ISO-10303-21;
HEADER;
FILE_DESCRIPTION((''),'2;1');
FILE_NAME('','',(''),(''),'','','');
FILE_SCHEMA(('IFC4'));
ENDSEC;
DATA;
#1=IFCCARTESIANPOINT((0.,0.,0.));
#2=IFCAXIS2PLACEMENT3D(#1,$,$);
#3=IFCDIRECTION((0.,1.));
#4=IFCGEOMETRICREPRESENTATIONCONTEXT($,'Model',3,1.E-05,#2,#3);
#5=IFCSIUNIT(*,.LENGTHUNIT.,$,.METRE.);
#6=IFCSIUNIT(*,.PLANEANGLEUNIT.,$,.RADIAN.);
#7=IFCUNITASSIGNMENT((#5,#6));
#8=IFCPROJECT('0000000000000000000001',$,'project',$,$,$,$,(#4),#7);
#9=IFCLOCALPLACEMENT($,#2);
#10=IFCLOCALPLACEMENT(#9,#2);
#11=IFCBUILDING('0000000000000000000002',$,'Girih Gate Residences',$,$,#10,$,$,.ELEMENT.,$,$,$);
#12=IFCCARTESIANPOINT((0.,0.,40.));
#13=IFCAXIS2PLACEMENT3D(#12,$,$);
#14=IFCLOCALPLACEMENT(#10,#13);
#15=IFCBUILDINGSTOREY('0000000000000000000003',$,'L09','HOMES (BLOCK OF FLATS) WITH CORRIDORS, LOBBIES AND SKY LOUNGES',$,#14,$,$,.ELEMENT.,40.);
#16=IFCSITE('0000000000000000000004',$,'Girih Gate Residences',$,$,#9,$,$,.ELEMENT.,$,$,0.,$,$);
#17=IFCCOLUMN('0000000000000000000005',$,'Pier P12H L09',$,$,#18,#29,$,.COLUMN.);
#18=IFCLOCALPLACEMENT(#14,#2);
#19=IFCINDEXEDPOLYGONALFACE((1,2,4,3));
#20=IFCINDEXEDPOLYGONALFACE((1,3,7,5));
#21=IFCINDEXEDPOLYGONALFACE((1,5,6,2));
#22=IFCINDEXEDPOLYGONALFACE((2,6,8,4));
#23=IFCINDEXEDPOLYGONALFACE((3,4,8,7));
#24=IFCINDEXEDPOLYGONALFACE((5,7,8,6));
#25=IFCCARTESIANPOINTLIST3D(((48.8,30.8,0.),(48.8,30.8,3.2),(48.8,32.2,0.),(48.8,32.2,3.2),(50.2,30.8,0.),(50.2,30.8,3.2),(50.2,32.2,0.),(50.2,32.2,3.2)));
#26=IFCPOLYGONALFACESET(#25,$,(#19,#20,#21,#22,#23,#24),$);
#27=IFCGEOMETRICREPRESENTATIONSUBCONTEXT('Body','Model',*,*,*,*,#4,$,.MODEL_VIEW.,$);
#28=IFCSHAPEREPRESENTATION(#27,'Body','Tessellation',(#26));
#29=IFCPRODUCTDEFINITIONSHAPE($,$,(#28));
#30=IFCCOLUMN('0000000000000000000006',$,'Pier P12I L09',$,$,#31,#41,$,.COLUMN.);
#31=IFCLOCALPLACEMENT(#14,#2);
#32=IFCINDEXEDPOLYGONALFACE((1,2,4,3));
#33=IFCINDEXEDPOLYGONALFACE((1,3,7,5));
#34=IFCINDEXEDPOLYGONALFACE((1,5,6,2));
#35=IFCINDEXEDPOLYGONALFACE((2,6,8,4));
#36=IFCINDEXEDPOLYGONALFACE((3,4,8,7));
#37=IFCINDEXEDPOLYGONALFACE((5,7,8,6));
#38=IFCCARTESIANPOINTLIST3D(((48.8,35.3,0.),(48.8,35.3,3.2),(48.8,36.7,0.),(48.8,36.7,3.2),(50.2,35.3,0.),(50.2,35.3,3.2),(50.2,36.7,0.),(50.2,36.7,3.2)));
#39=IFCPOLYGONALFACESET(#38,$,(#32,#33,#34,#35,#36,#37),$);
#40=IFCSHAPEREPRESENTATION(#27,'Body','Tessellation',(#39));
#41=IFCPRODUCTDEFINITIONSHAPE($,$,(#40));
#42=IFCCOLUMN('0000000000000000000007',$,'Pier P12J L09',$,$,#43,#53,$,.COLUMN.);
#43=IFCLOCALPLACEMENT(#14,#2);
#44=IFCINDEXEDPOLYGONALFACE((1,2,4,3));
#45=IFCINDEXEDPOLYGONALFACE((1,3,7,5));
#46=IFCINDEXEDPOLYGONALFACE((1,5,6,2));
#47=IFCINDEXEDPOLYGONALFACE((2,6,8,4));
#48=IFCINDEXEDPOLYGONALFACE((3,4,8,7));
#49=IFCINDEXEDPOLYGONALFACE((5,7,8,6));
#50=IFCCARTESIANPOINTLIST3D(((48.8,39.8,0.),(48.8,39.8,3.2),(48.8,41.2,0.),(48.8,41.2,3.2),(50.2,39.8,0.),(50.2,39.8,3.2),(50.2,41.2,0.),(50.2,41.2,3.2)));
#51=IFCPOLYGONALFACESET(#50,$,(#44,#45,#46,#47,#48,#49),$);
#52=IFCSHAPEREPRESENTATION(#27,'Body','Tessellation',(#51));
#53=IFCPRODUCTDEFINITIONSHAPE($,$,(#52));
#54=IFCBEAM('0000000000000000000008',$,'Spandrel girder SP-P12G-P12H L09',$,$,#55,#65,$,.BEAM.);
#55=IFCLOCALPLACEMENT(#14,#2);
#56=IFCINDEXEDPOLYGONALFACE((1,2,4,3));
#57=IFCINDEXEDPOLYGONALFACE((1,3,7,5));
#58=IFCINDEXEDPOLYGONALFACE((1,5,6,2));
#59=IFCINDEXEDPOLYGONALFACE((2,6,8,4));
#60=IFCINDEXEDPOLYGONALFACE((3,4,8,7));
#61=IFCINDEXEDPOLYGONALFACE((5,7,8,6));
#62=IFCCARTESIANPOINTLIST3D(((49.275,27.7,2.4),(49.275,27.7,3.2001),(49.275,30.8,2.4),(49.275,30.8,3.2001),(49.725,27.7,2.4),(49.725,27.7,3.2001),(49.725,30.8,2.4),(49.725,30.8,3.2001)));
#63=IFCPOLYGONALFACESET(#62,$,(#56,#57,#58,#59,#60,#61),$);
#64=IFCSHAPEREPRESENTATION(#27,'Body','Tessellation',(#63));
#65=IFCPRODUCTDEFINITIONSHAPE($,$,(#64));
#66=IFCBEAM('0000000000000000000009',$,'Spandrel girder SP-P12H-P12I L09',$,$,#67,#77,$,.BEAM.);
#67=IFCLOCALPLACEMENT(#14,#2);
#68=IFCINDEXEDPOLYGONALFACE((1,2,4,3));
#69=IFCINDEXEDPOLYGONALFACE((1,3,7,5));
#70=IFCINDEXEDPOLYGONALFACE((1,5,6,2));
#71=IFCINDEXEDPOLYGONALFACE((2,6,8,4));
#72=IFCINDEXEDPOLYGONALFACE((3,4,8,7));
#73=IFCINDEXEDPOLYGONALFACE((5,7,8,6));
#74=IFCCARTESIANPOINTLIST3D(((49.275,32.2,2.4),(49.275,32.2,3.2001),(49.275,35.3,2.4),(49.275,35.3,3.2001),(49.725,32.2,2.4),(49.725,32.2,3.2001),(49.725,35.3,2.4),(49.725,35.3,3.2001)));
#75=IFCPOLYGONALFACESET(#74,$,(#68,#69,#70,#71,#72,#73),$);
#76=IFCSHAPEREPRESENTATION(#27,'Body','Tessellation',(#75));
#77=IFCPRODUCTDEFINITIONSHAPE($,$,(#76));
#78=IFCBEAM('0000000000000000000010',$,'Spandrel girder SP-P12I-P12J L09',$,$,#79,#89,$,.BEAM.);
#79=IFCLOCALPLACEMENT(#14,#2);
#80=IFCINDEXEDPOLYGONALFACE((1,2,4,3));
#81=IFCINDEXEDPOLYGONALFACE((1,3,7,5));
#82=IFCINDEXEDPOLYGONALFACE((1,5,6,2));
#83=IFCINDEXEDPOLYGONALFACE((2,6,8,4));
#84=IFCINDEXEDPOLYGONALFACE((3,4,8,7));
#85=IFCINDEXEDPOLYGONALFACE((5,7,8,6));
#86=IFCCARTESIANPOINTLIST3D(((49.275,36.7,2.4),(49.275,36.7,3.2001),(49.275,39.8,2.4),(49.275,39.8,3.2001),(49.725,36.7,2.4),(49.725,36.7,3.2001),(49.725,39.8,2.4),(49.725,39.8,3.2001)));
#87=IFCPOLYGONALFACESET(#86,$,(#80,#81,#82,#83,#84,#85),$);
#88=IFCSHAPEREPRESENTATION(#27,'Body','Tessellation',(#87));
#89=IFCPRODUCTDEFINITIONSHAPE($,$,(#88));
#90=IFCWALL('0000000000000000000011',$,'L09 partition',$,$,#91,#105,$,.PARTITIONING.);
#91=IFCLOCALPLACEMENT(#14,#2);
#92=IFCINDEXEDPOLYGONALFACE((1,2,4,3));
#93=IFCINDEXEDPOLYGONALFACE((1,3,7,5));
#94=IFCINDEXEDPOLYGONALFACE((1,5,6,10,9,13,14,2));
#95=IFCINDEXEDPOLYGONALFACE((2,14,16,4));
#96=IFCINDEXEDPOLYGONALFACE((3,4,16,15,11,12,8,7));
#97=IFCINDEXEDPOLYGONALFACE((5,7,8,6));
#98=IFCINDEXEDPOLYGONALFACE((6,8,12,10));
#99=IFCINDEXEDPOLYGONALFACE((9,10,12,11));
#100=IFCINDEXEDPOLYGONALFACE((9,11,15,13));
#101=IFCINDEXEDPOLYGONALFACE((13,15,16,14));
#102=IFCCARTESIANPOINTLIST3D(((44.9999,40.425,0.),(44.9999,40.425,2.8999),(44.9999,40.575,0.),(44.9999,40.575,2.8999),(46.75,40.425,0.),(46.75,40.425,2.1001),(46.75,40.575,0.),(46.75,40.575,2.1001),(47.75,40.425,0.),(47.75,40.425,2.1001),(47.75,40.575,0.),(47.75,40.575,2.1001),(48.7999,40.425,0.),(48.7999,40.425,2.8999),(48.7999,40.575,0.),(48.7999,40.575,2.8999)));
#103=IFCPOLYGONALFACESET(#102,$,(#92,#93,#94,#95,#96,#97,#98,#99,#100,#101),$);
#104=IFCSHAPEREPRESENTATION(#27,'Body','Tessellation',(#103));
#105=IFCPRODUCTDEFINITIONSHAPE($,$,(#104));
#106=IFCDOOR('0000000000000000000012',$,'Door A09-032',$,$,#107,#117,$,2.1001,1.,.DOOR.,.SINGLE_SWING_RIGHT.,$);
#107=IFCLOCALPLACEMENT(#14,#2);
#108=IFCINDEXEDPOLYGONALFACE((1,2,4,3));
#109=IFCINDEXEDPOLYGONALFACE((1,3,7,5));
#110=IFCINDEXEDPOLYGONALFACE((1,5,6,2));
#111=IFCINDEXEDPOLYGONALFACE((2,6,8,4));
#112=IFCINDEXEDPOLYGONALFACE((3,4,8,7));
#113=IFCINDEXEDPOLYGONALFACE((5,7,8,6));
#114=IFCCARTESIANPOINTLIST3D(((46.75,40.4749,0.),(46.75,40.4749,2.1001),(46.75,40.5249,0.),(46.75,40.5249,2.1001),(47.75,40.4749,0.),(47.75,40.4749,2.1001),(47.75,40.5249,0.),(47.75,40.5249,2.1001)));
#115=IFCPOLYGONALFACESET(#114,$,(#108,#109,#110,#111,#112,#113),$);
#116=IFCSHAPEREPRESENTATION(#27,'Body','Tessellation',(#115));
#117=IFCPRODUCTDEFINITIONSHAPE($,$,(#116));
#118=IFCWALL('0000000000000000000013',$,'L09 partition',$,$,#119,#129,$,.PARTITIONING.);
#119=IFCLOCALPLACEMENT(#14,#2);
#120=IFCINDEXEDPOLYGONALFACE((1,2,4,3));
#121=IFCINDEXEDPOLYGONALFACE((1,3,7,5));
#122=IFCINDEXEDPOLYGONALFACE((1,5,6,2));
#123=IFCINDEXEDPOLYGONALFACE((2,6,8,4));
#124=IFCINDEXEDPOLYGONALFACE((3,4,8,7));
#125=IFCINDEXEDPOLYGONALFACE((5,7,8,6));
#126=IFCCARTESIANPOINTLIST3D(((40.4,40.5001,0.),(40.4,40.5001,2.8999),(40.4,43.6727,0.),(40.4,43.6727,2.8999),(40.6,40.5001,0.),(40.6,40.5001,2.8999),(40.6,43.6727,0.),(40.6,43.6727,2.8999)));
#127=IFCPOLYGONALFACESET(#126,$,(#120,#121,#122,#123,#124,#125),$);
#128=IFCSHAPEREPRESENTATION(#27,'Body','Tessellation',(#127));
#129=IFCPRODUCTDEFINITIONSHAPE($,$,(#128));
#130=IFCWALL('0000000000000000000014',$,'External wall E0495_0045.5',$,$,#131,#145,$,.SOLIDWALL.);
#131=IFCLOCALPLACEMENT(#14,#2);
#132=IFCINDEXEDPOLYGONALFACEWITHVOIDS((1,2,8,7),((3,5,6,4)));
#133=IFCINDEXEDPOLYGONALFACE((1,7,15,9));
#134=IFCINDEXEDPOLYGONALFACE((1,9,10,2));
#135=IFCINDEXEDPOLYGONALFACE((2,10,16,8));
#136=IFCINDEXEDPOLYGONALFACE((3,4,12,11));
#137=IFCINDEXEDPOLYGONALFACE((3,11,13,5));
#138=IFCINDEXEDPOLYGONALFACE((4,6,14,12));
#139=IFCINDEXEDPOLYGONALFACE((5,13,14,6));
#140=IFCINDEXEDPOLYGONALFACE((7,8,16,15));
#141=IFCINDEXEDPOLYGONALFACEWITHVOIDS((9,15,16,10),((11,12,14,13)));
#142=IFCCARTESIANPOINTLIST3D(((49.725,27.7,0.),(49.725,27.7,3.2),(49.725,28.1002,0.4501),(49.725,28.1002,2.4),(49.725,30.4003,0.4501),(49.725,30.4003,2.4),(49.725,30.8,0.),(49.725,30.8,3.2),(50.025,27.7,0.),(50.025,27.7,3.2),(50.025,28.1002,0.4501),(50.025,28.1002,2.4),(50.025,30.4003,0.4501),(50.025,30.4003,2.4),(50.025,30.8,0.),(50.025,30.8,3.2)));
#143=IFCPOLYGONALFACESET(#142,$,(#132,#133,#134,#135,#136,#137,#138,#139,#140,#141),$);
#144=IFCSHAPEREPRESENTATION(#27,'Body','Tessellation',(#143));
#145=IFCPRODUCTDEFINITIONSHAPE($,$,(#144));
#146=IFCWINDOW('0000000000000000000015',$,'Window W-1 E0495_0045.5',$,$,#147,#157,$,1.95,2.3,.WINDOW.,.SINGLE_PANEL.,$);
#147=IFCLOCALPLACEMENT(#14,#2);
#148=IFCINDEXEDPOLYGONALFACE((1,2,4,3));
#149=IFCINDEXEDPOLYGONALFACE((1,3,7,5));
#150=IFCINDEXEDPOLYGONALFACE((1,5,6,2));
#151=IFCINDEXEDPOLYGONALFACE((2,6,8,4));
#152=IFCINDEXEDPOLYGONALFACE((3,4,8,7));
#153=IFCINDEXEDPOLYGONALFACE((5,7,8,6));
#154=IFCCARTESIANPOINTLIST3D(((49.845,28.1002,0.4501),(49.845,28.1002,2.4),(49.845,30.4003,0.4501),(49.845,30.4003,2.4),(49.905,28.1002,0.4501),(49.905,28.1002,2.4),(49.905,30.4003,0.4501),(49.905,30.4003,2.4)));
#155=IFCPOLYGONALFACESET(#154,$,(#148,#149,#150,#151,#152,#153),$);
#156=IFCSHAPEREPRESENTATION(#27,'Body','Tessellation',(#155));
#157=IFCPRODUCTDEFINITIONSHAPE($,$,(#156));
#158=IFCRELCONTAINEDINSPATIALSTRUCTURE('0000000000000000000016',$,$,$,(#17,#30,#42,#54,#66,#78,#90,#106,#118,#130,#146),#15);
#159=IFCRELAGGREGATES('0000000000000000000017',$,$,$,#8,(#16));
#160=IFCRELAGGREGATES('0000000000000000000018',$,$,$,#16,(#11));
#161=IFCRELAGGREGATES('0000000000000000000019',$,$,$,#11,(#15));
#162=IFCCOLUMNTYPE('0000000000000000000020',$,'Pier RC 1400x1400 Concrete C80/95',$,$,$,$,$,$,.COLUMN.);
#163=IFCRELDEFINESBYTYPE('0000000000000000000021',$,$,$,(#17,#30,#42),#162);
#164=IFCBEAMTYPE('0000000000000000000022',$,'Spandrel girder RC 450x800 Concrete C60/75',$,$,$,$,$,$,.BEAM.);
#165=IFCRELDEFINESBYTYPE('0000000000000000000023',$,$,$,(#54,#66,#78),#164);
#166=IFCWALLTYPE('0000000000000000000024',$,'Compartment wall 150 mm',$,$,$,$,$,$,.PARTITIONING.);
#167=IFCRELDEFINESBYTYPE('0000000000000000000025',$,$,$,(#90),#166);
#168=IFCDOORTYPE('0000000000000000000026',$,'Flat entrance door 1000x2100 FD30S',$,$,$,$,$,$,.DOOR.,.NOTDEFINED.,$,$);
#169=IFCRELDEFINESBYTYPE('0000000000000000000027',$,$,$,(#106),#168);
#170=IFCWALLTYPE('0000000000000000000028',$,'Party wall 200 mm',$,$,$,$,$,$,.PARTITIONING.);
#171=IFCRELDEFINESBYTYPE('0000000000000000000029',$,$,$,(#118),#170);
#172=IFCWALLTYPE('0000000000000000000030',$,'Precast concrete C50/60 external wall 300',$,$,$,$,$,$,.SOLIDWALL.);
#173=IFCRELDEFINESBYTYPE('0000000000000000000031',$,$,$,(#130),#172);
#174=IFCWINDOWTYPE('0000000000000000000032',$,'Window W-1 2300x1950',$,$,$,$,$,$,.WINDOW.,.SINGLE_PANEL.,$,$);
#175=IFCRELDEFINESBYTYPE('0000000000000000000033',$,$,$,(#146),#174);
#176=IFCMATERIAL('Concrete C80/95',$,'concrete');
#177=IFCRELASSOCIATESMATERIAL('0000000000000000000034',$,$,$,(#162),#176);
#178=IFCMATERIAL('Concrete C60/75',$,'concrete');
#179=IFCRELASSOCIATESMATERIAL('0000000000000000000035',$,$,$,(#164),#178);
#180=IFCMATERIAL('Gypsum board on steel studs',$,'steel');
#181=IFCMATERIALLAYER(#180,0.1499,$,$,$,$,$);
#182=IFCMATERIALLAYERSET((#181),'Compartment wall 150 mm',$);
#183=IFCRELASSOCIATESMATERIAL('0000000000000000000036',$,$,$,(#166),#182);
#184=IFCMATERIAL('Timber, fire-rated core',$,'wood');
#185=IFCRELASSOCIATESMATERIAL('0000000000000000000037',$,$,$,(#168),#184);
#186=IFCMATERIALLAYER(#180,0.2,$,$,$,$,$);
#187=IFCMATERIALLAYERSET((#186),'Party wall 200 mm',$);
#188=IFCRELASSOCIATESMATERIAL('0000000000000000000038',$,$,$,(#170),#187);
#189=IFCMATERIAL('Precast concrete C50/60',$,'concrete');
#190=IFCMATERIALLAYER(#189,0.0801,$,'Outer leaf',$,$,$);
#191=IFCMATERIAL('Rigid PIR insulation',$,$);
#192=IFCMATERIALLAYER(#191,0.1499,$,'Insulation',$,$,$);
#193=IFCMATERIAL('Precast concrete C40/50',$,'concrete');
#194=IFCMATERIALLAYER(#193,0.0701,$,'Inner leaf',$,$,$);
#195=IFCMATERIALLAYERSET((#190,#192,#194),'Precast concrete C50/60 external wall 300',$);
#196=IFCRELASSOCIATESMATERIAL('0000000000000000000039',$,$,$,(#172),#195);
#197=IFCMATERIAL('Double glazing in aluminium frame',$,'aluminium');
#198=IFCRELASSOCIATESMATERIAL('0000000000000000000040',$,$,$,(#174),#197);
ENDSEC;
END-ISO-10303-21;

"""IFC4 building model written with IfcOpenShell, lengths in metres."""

from ifc_helpers import new_model, si_unit, direction, frame, frame_2d, origin, origin_2d, place, context, subcontext, project, spatial, rectangle, extrude, material, layer, layer_set, material_profile, profile_set, type_object, element, fill, save


model = new_model("IFC4")

# Units and contexts
model_context = context("Model", 3, precision=1e-05, world=origin(), true_north=direction((0.0, 1.0)))
body_context = subcontext(model_context, "Body", "Model", "MODEL_VIEW")
ifc_project = project(units=[si_unit("LENGTHUNIT", "METRE"), si_unit("PLANEANGLEUNIT", "RADIAN")], contexts=[model_context])

# Site, building, storey
site_placement = place(None, origin())
site = spatial("IfcSite", under=ifc_project, at=site_placement, Name="Girih Gate Residences", CompositionType="ELEMENT", RefElevation=0.0)
building_placement = place(site_placement, origin())
building = spatial("IfcBuilding", under=site, at=building_placement, Name="Girih Gate Residences", CompositionType="ELEMENT")
storey_placement = place(building_placement, frame((0.0, 0.0, 40.0)))
storey = spatial("IfcBuildingStorey", under=building, at=storey_placement, Name="L09", Description="HOMES (BLOCK OF FLATS) WITH CORRIDORS, LOBBIES AND SKY LOUNGES", CompositionType="ELEMENT", Elevation=40.0)

# Columns
ifc_material_1 = material(Name="Concrete C80/95", Category="concrete")
ifc_material_profile_1 = material_profile(ifc_material_1, rectangle(XDim=1.3999, YDim=1.3999, at=origin_2d()))
ifc_profile_set_1 = profile_set([ifc_material_profile_1], Name="Concrete C80/95")
column_type = type_object("IfcColumnType", Name="Pier RC 1400x1400 Concrete C80/95", PredefinedType="COLUMN", material=ifc_profile_set_1)
for number, where, z_axis, x_axis, name in (
    (1, (49.5, 31.5, 0.0), (0.0, 0.0, 1.0), (1.0, 0.0, 0.0), "Pier P12H L09"),
    (2, (49.5, 36.0, 0.0), (0.0, 0.0, 1.0), (1.0, 0.0, 0.0), "Pier P12I L09"),
    (3, (49.5, 40.5, 0.0), (0.0, 0.0, 1.0), (1.0, 0.0, 0.0), "Pier P12J L09"),
):
    element("IfcColumn", number, at=place(storey_placement, frame(where, z_axis=z_axis, x_axis=x_axis)), inside=storey, type_object=column_type, Name=name, PredefinedType="COLUMN", context=body_context, shape_type="SweptSolid", body=[
        extrude(rectangle(XDim=1.3999, YDim=1.3999, at=origin_2d()), origin(), (0.0, 0.0, 1.0), 3.2),
    ])

# Beams
ifc_material_2 = material(Name="Concrete C60/75", Category="concrete")
ifc_material_profile_2 = material_profile(ifc_material_2, rectangle(XDim=0.45, YDim=0.8, at=origin_2d()))
ifc_profile_set_2 = profile_set([ifc_material_profile_2], Name="Concrete C60/75")
beam_type = type_object("IfcBeamType", Name="Spandrel girder RC 450x800 Concrete C60/75", PredefinedType="BEAM", material=ifc_profile_set_2)
for number, where, z_axis, x_axis, name in (
    (4, (49.5, 27.7, 2.8), (0.0, 1.0, 0.0), (-1.0, 0.0, 0.0), "Spandrel girder SP-P12G-P12H L09"),
    (5, (49.5, 32.2, 2.8), (0.0, 1.0, 0.0), (-1.0, 0.0, 0.0), "Spandrel girder SP-P12H-P12I L09"),
    (6, (49.5, 36.7, 2.8), (0.0, 1.0, 0.0), (-1.0, 0.0, 0.0), "Spandrel girder SP-P12I-P12J L09"),
):
    element("IfcBeam", number, at=place(storey_placement, frame(where, z_axis=z_axis, x_axis=x_axis)), inside=storey, type_object=beam_type, Name=name, PredefinedType="BEAM", context=body_context, shape_type="SweptSolid", body=[
        extrude(rectangle(XDim=0.45, YDim=0.8, at=origin_2d()), origin(), (0.0, 0.0, 1.0), 3.1001),
    ])

# Wall, opening, door
ifc_material_3 = material(Name="Gypsum board on steel studs", Category="steel")
ifc_layer_1 = layer(ifc_material_3, 0.1499)
ifc_layer_set_1 = layer_set([ifc_layer_1], Name="Compartment wall 150 mm")
wall_type_1 = type_object("IfcWallType", Name="Compartment wall 150 mm", PredefinedType="PARTITIONING", material=ifc_layer_set_1)
wall_1_placement = place(storey_placement, frame((45.0, 40.5, 0.0), z_axis=(0.0, 0.0, 1.0), x_axis=(1.0, 0.0, 0.0)))
wall_1 = element("IfcWall", 7, at=wall_1_placement, inside=storey, type_object=wall_type_1, Name="L09 partition", PredefinedType="PARTITIONING", context=body_context, shape_type="SweptSolid", body=[
    extrude(rectangle(XDim=3.8, YDim=0.1499, at=frame_2d((1.8999, 0.0))), origin(), (0.0, 0.0, 1.0), 2.8999),
])
opening_1_placement = place(wall_1_placement, frame((1.75, 0.0, 0.0)))
opening_1 = element("IfcOpeningElement", 8, at=opening_1_placement, cuts=wall_1, PredefinedType="OPENING", context=body_context, shape_type="SweptSolid", body=[
    extrude(rectangle(XDim=1.0, YDim=2.1001, at=frame_2d((0.5, 1.05))), frame((0.0, 0.085, 0.0), z_axis=(0.0, -1.0, 0.0), x_axis=(1.0, 0.0, 0.0)), (0.0, 0.0, 1.0), 0.1699),
])
ifc_material_4 = material(Name="Timber, fire-rated core", Category="wood")
door_type_1 = type_object("IfcDoorType", Name="Flat entrance door 1000x2100 FD30S", OperationType="NOTDEFINED", PredefinedType="DOOR", material=ifc_material_4)
door_1_placement = place(opening_1_placement, origin())
door_1 = element("IfcDoor", 9, at=door_1_placement, inside=storey, type_object=door_type_1, Name="Door A09-032", OperationType="SINGLE_SWING_RIGHT", OverallHeight=2.1001, OverallWidth=1.0, PredefinedType="DOOR", context=body_context, shape_type="SweptSolid", body=[
    extrude(rectangle(XDim=1.0, YDim=2.1001, at=frame_2d((0.5, 1.05))), frame((0.0, 0.0249, 0.0), z_axis=(0.0, -1.0, 0.0), x_axis=(1.0, 0.0, 0.0)), (0.0, 0.0, 1.0), 0.05),
])
fill(opening_1, door_1)

# Wall
ifc_layer_2 = layer(ifc_material_3, 0.2)
ifc_layer_set_2 = layer_set([ifc_layer_2], Name="Party wall 200 mm")
wall_type_2 = type_object("IfcWallType", Name="Party wall 200 mm", PredefinedType="PARTITIONING", material=ifc_layer_set_2)
wall_2_placement = place(storey_placement, frame((40.5, 40.5, 0.0), z_axis=(0.0, 0.0, 1.0), x_axis=(0.0, 1.0, 0.0)))
element("IfcWall", 10, at=wall_2_placement, inside=storey, type_object=wall_type_2, Name="L09 partition", PredefinedType="PARTITIONING", context=body_context, shape_type="SweptSolid", body=[
    extrude(rectangle(XDim=3.1726, YDim=0.2, at=frame_2d((1.5864, 0.0))), origin(), (0.0, 0.0, 1.0), 2.8999),
])

# Wall, opening, window
ifc_material_5 = material(Name="Precast concrete C50/60", Category="concrete")
ifc_layer_3 = layer(ifc_material_5, 0.0801, Name="Outer leaf")
ifc_material_6 = material(Name="Rigid PIR insulation")
ifc_layer_4 = layer(ifc_material_6, 0.1499, Name="Insulation")
ifc_material_7 = material(Name="Precast concrete C40/50", Category="concrete")
ifc_layer_5 = layer(ifc_material_7, 0.0701, Name="Inner leaf")
ifc_layer_set_3 = layer_set([ifc_layer_3, ifc_layer_4, ifc_layer_5], Name="Precast concrete C50/60 external wall 300")
wall_type_3 = type_object("IfcWallType", Name="Precast concrete C50/60 external wall 300", PredefinedType="SOLIDWALL", material=ifc_layer_set_3)
wall_3_placement = place(storey_placement, frame((49.875, 30.8, 0.0), z_axis=(0.0, 0.0, 1.0), x_axis=(0.0, -1.0, 0.0)))
wall_3 = element("IfcWall", 11, at=wall_3_placement, inside=storey, type_object=wall_type_3, Name="External wall E0495_0045.5", PredefinedType="SOLIDWALL", context=body_context, shape_type="SweptSolid", body=[
    extrude(rectangle(XDim=3.1001, YDim=0.3, at=frame_2d((1.55, 0.0))), origin(), (0.0, 0.0, 1.0), 3.2),
])
opening_2_placement = place(wall_3_placement, frame((0.3999, 0.0, 0.45)))
opening_2 = element("IfcOpeningElement", 12, at=opening_2_placement, cuts=wall_3, PredefinedType="OPENING", context=body_context, shape_type="SweptSolid", body=[
    extrude(rectangle(XDim=2.3, YDim=1.95, at=frame_2d((1.1499, 0.9751))), frame((0.0, 0.1599, 0.0), z_axis=(0.0, -1.0, 0.0), x_axis=(1.0, 0.0, 0.0)), (0.0, 0.0, 1.0), 0.3201),
])
ifc_material_8 = material(Name="Double glazing in aluminium frame", Category="aluminium")
window_type = type_object("IfcWindowType", Name="Window W-1 2300x1950", PartitioningType="SINGLE_PANEL", PredefinedType="WINDOW", material=ifc_material_8)
window_1_placement = place(opening_2_placement, origin())
window_1 = element("IfcWindow", 13, at=window_1_placement, inside=storey, type_object=window_type, Name="Window W-1 E0495_0045.5", OverallHeight=1.95, OverallWidth=2.3, PartitioningType="SINGLE_PANEL", PredefinedType="WINDOW", context=body_context, shape_type="SweptSolid", body=[
    extrude(rectangle(XDim=2.3, YDim=1.95, at=frame_2d((1.1499, 0.9751))), frame((0.0, 0.03, 0.0), z_axis=(0.0, -1.0, 0.0), x_axis=(1.0, 0.0, 0.0)), (0.0, 0.0, 1.0), 0.0601),
])
fill(opening_2, window_1)

save(model, "model.ifc")
